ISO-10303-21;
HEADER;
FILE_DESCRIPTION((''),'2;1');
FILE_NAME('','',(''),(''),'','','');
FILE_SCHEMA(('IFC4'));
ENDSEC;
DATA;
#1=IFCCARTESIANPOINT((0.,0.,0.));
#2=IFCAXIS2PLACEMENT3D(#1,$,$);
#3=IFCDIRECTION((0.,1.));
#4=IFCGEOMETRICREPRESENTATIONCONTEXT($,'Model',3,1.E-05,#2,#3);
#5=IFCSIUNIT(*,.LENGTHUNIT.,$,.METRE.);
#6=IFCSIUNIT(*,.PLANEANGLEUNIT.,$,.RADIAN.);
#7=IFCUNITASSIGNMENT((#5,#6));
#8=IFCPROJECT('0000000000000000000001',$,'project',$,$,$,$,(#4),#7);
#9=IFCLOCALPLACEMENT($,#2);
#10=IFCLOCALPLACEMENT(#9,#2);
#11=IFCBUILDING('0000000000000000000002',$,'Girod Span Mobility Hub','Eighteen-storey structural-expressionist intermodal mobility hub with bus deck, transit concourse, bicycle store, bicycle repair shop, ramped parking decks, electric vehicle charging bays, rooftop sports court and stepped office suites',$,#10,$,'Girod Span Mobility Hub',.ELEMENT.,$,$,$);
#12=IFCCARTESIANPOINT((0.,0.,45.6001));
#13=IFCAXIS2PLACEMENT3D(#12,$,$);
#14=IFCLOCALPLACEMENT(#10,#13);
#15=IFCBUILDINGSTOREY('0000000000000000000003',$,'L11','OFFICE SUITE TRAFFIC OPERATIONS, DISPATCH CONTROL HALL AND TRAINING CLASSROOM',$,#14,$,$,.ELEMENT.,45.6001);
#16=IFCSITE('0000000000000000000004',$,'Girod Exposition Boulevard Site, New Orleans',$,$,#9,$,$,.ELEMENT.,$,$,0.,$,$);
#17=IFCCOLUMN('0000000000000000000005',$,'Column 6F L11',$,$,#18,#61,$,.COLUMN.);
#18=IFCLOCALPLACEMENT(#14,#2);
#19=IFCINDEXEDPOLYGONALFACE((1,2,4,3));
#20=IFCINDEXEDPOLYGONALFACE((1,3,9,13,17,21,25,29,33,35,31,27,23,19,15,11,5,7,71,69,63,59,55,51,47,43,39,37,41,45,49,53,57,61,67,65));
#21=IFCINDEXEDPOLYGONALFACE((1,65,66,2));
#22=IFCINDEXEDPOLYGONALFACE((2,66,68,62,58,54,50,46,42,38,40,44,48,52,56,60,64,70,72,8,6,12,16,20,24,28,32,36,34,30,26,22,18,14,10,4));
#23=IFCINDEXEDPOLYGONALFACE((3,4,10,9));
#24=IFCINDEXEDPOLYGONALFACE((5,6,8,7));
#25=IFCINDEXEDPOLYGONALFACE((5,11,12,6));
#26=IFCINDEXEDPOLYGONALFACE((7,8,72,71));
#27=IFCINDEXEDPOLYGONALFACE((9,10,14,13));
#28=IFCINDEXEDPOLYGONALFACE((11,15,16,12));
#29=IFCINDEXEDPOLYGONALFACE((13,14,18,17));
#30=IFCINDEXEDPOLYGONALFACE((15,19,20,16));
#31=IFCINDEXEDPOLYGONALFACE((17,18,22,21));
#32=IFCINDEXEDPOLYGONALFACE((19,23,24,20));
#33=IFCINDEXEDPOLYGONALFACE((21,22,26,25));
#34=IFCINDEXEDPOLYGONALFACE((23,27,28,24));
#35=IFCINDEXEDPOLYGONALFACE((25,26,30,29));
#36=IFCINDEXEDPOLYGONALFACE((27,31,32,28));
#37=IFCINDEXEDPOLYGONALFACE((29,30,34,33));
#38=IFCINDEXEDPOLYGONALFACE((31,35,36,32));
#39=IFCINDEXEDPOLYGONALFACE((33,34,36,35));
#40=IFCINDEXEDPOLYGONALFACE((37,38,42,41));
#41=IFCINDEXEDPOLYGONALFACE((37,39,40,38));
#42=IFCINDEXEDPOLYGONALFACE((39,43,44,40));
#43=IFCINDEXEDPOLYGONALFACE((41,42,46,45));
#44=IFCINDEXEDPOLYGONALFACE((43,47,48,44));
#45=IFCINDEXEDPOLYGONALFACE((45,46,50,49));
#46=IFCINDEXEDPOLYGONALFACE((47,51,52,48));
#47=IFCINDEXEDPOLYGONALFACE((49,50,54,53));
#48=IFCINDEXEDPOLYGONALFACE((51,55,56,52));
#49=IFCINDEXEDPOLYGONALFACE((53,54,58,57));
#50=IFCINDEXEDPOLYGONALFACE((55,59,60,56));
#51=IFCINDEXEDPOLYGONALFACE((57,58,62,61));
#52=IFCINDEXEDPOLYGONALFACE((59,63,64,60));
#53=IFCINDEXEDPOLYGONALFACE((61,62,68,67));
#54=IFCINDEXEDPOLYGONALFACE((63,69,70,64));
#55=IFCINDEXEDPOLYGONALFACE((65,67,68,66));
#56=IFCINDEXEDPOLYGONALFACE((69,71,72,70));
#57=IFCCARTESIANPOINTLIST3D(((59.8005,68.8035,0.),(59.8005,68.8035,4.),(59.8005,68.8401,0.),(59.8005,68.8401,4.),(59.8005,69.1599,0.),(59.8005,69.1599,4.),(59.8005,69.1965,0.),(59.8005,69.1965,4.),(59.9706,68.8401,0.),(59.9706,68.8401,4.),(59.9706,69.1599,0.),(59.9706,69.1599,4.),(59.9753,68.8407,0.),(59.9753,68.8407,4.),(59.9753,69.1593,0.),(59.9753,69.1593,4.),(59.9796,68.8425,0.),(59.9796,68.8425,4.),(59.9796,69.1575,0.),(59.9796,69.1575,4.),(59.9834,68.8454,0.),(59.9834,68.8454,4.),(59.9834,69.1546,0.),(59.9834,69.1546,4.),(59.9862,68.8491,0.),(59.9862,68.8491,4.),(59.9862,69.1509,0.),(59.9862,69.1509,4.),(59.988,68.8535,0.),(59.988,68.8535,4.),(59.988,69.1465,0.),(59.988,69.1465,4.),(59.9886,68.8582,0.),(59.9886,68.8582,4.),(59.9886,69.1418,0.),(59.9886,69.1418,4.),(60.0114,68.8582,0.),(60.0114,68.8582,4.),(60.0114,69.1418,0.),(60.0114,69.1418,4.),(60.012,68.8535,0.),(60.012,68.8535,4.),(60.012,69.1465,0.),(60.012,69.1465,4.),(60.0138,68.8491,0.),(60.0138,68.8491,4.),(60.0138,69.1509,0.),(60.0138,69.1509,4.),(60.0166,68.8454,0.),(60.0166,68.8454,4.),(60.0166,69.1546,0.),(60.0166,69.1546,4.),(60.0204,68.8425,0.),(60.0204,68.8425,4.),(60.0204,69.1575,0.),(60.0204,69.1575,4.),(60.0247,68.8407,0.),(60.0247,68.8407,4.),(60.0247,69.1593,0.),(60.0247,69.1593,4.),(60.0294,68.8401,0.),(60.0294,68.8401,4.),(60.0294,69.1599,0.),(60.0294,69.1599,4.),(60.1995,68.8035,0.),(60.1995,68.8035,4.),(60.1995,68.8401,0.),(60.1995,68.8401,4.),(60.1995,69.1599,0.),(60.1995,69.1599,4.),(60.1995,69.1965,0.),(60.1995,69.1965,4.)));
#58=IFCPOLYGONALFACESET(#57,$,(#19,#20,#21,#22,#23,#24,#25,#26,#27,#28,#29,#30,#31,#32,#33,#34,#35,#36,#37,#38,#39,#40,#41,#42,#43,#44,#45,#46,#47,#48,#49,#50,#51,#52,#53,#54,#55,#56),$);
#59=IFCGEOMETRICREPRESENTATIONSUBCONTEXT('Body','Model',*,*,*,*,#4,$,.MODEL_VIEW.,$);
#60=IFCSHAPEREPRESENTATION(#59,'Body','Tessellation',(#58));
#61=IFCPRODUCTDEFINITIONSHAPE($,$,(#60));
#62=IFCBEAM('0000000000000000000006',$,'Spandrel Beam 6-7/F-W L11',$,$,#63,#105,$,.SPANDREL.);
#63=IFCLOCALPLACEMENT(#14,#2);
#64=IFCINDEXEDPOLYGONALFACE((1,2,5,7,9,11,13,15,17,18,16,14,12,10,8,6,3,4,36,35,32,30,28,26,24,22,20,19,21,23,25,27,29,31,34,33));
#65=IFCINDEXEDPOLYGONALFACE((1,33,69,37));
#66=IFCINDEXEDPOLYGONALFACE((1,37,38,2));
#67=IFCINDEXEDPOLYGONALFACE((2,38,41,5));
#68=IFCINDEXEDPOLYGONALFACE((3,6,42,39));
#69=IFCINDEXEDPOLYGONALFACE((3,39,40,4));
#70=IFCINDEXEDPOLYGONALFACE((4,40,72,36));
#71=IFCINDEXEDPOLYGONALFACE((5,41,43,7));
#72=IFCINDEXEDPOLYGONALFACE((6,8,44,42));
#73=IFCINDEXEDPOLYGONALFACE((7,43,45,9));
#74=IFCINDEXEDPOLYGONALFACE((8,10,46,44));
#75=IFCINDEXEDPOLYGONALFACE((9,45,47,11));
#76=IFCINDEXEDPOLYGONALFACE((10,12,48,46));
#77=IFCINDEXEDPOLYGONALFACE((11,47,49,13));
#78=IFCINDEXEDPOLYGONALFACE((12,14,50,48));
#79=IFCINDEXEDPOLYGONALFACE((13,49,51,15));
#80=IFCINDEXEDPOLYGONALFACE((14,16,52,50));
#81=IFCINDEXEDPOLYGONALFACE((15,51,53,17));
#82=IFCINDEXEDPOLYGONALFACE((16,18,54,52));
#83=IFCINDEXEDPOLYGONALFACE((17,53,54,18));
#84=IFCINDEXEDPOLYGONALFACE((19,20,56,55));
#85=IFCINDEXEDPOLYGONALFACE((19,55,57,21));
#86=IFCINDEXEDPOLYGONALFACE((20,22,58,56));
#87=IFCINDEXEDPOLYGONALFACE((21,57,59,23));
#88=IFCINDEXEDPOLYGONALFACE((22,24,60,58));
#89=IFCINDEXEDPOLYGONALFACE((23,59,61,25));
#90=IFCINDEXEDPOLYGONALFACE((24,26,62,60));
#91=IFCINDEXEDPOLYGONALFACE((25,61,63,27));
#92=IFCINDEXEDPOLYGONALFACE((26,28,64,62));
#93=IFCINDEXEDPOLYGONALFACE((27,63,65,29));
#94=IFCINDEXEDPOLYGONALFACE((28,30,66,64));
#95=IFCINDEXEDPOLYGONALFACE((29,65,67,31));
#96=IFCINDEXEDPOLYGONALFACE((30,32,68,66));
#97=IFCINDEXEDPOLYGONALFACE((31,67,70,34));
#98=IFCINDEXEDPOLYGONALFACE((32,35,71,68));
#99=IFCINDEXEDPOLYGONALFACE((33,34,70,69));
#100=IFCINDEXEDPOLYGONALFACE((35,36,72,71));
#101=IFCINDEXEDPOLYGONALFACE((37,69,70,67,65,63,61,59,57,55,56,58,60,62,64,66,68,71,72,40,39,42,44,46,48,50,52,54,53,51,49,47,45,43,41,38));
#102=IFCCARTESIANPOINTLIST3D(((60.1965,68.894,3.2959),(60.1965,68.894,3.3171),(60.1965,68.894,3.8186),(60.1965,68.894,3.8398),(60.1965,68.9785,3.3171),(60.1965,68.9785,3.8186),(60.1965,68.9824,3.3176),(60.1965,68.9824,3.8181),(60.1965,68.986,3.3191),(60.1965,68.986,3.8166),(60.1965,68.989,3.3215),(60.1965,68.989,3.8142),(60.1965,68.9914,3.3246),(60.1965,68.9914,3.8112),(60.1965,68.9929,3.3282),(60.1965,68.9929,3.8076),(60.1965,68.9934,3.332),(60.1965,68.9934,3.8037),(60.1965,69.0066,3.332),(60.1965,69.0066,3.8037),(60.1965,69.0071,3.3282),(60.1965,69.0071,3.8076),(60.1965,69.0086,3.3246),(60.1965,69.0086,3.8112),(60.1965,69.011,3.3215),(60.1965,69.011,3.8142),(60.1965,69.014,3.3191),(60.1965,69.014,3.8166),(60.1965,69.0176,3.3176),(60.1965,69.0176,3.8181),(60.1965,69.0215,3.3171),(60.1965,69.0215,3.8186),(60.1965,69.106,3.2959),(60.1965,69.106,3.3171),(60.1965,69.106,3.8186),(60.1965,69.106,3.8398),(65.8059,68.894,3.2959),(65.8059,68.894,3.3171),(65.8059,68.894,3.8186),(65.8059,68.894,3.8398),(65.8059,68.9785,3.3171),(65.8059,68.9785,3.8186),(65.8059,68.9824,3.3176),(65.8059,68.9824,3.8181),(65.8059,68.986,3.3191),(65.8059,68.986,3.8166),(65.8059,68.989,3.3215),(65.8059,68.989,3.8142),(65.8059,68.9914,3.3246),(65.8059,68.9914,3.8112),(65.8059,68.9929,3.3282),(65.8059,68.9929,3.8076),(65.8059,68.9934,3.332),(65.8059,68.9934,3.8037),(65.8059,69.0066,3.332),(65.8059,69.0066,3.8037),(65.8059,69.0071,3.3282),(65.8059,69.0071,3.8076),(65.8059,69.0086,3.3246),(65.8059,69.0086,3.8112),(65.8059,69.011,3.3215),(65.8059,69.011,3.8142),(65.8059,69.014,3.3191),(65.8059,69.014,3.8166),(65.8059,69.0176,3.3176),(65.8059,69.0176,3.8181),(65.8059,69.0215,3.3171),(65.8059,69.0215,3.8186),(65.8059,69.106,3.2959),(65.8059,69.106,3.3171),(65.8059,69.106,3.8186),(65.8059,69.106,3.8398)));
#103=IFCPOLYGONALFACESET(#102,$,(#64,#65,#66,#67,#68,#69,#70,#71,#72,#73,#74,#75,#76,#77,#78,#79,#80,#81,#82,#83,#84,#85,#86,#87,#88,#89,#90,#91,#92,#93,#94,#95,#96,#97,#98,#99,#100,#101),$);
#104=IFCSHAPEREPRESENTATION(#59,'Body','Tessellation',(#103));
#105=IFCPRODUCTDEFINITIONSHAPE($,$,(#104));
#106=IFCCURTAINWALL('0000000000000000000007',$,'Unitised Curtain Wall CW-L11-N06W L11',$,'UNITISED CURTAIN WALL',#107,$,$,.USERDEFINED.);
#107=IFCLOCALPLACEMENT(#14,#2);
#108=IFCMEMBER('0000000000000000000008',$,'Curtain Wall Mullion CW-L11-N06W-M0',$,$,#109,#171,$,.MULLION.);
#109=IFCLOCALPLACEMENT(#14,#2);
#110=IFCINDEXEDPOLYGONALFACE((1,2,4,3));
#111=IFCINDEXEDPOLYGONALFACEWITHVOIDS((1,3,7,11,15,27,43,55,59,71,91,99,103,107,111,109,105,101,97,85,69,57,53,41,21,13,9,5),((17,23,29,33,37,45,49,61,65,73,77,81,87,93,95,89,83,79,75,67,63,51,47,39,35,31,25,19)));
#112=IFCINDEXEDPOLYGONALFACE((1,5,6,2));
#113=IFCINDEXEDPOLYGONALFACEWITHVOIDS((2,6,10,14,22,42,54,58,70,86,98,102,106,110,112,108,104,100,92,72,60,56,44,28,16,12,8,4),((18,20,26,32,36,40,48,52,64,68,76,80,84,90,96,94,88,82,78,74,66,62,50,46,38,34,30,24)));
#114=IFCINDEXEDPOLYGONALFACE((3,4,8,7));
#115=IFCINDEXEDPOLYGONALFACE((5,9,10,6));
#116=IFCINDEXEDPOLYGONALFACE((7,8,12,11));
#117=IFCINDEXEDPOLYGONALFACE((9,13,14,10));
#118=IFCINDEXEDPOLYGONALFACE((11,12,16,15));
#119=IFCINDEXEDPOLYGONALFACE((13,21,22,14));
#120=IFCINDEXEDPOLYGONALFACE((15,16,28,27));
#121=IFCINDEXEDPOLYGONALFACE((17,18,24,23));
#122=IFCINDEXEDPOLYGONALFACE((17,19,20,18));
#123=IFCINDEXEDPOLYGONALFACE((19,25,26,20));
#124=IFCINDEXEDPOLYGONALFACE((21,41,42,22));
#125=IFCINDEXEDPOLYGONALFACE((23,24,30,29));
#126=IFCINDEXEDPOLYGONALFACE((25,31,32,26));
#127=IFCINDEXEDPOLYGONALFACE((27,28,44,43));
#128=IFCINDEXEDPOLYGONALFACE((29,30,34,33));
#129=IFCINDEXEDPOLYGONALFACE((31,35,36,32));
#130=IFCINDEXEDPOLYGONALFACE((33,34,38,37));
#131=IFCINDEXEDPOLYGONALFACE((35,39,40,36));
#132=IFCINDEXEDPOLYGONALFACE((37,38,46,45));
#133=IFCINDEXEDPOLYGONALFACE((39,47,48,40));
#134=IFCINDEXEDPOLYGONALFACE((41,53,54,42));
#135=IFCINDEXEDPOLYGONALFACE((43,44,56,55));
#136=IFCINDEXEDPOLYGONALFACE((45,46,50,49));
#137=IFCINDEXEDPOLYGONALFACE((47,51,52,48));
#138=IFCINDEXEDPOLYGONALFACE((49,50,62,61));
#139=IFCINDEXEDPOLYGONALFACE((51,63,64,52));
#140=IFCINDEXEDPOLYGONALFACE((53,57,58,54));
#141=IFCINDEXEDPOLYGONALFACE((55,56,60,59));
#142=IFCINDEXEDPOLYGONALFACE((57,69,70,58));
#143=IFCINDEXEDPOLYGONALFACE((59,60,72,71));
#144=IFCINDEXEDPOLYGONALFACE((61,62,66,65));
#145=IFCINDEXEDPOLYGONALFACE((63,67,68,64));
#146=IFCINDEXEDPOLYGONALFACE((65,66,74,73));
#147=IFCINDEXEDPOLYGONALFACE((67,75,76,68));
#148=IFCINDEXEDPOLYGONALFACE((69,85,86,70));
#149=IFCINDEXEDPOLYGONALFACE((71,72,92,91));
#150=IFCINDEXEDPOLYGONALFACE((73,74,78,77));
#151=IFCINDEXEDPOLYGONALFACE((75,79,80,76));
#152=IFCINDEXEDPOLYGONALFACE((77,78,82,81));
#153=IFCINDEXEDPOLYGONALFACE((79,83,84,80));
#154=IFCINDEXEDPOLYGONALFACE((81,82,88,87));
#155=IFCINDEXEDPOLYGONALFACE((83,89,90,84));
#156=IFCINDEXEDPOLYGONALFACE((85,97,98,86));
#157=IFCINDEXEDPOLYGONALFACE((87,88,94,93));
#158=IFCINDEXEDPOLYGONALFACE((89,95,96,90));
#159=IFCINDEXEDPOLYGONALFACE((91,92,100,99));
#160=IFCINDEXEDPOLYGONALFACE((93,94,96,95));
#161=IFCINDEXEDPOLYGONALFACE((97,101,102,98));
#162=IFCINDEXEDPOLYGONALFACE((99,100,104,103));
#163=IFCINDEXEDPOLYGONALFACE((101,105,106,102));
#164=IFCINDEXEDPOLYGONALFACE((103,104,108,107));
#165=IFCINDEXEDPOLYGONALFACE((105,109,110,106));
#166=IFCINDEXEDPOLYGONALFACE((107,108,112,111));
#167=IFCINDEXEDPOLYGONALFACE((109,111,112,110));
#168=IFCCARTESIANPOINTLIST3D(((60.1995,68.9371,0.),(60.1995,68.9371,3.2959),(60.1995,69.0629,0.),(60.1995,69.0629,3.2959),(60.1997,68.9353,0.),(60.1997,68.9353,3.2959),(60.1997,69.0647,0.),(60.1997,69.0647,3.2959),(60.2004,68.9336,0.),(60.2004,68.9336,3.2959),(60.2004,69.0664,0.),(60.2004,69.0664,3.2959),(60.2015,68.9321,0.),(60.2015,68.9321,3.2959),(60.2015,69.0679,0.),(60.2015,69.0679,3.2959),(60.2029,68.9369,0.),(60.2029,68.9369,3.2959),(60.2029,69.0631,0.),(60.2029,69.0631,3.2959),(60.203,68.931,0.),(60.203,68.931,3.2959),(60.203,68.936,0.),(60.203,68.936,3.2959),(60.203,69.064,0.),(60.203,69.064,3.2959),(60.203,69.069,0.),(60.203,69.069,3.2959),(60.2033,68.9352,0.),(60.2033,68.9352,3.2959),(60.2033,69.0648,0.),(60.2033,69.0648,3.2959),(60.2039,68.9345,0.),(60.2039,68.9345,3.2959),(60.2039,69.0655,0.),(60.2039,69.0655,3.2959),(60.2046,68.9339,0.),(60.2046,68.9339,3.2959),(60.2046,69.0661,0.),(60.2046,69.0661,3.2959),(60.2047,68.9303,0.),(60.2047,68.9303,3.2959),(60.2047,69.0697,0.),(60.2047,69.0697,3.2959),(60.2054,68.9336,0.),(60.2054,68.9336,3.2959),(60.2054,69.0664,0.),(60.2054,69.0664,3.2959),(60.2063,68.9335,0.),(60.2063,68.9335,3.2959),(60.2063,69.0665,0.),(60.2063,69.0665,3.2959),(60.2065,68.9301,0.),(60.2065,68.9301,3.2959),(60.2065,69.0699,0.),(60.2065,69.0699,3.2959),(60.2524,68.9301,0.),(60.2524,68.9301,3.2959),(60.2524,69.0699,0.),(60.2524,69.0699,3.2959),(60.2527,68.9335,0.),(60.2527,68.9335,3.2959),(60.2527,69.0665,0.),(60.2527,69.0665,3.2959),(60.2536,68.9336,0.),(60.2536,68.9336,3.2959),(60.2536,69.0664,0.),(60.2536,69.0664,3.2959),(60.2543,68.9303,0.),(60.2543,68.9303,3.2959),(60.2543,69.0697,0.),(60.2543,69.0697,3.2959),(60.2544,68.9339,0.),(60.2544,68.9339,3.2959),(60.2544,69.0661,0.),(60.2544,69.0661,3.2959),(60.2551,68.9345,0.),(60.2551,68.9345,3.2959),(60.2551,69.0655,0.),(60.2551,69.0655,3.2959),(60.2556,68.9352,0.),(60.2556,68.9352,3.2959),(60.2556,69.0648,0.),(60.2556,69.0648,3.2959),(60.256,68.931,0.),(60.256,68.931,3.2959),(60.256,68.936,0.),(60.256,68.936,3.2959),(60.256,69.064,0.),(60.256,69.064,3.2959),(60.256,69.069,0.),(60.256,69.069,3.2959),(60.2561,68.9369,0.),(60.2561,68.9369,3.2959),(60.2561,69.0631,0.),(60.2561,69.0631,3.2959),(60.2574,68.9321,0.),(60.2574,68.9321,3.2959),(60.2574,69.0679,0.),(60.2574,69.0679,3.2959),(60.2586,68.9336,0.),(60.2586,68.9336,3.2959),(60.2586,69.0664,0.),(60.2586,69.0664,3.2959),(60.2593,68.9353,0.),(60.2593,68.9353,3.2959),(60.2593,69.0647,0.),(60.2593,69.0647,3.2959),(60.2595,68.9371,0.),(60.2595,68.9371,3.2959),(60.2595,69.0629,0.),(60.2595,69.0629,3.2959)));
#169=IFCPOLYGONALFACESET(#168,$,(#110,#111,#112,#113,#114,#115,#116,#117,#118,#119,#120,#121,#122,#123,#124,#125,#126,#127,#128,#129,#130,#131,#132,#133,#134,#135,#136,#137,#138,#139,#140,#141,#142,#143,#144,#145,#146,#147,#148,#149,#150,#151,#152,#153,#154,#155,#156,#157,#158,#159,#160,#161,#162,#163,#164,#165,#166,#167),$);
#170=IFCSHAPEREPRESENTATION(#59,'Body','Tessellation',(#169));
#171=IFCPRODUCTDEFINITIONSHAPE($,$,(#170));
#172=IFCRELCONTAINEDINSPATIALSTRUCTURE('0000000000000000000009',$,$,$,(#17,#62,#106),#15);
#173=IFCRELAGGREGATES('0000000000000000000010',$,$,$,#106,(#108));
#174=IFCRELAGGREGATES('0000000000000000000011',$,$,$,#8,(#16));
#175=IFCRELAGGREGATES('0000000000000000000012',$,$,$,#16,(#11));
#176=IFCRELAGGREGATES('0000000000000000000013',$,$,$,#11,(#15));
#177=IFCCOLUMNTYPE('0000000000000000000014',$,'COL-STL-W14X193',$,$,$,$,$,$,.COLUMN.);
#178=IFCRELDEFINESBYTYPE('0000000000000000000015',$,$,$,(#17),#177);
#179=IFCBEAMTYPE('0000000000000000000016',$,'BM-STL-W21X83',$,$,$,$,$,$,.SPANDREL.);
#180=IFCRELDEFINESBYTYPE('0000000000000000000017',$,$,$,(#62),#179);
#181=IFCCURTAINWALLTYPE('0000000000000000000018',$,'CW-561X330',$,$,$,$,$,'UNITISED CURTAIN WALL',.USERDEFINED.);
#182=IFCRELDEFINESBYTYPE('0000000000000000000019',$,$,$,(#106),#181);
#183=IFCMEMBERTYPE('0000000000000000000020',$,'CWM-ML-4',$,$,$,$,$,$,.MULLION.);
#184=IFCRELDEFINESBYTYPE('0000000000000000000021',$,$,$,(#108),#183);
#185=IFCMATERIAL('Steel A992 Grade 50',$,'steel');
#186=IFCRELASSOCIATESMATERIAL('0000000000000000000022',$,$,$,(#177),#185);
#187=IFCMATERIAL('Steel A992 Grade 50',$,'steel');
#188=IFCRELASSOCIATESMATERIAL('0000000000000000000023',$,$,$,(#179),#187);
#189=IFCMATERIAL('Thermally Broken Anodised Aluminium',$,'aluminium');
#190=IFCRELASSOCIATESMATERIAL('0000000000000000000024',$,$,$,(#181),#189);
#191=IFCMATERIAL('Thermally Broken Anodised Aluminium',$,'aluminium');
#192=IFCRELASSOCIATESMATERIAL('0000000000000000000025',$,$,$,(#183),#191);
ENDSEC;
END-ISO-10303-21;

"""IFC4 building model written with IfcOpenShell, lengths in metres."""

from ifc_helpers import new_model, si_unit, direction, frame, origin, origin_2d, place, context, subcontext, project, spatial, hollow_rectangle, i_section, extrude, material, material_profile, profile_set, type_object, element, aggregate, save


model = new_model("IFC4")

# Units and contexts
model_context = context("Model", 3, precision=1e-05, world=origin(), true_north=direction((0.0, 1.0)))
body_context = subcontext(model_context, "Body", "Model", "MODEL_VIEW")
ifc_project = project(units=[si_unit("LENGTHUNIT", "METRE"), si_unit("PLANEANGLEUNIT", "RADIAN")], contexts=[model_context])

# Site, building, storey
site_placement = place(None, origin())
site = spatial("IfcSite", under=ifc_project, at=site_placement, Name="Girod Exposition Boulevard Site, New Orleans", CompositionType="ELEMENT", RefElevation=0.0)
building_placement = place(site_placement, origin())
building = spatial("IfcBuilding", under=site, at=building_placement, Name="Girod Span Mobility Hub", Description="Eighteen-storey structural-expressionist intermodal mobility hub with bus deck, transit concourse, bicycle store, bicycle repair shop, ramped parking decks, electric vehicle charging bays, rooftop sports court and stepped office suites", LongName="Girod Span Mobility Hub", CompositionType="ELEMENT")
storey_placement = place(building_placement, frame((0.0, 0.0, 45.6001)))
storey = spatial("IfcBuildingStorey", under=building, at=storey_placement, Name="L11", Description="OFFICE SUITE TRAFFIC OPERATIONS, DISPATCH CONTROL HALL AND TRAINING CLASSROOM", CompositionType="ELEMENT", Elevation=45.6001)

# Column
ifc_material_1 = material(Name="Steel A992 Grade 50", Category="steel")
ifc_material_profile_1 = material_profile(ifc_material_1, i_section(OverallWidth=0.3989, OverallDepth=0.3931, WebThickness=0.0227, FlangeThickness=0.0366, FilletRadius=0.0181, at=origin_2d()), Name="W14X193")
ifc_profile_set_1 = profile_set([ifc_material_profile_1], Name="Steel A992 Grade 50")
column_type = type_object("IfcColumnType", Name="COL-STL-W14X193", PredefinedType="COLUMN", material=ifc_profile_set_1)
column_placement = place(storey_placement, frame((60.0, 69.0, 0.0), z_axis=(0.0, 0.0, 1.0), x_axis=(1.0, 0.0, 0.0)))
element("IfcColumn", 1, at=column_placement, inside=storey, type_object=column_type, Name="Column 6F L11", PredefinedType="COLUMN", context=body_context, shape_type="SweptSolid", body=[
    extrude(i_section(OverallWidth=0.3989, OverallDepth=0.3931, WebThickness=0.0227, FlangeThickness=0.0366, FilletRadius=0.0181, at=origin_2d()), origin(), (0.0, 0.0, 1.0), 4.0),
])

# Beam
ifc_material_2 = material(Name="Steel A992 Grade 50", Category="steel")
ifc_material_profile_2 = material_profile(ifc_material_2, i_section(OverallWidth=0.2119, OverallDepth=0.5439, WebThickness=0.0132, FlangeThickness=0.0212, FilletRadius=0.0149, at=origin_2d()), Name="W21X83")
ifc_profile_set_2 = profile_set([ifc_material_profile_2], Name="Steel A992 Grade 50")
beam_type = type_object("IfcBeamType", Name="BM-STL-W21X83", PredefinedType="SPANDREL", material=ifc_profile_set_2)
beam_placement = place(storey_placement, frame((60.1965, 69.0, 3.5679), z_axis=(1.0, 0.0, 0.0), x_axis=(0.0, 1.0, 0.0)))
element("IfcBeam", 2, at=beam_placement, inside=storey, type_object=beam_type, Name="Spandrel Beam 6-7/F-W L11", PredefinedType="SPANDREL", context=body_context, shape_type="SweptSolid", body=[
    extrude(i_section(OverallWidth=0.2119, OverallDepth=0.5439, WebThickness=0.0132, FlangeThickness=0.0212, FilletRadius=0.0149, at=origin_2d()), origin(), (0.0, 0.0, 1.0), 5.6094),
])

# Curtain wall, member
ifc_material_3 = material(Name="Thermally Broken Anodised Aluminium", Category="aluminium")
curtain_wall_type = type_object("IfcCurtainWallType", Name="CW-561X330", ElementType="UNITISED CURTAIN WALL", PredefinedType="USERDEFINED", material=ifc_material_3)
curtain_wall_placement = place(storey_placement, origin())
curtain_wall = element("IfcCurtainWall", 3, at=curtain_wall_placement, inside=storey, type_object=curtain_wall_type, Name="Unitised Curtain Wall CW-L11-N06W L11", ObjectType="UNITISED CURTAIN WALL", PredefinedType="USERDEFINED")
ifc_material_4 = material(Name="Thermally Broken Anodised Aluminium", Category="aluminium")
ifc_material_profile_3 = material_profile(ifc_material_4, hollow_rectangle(XDim=0.1399, YDim=0.0601, WallThickness=0.0034, InnerFilletRadius=0.0034, OuterFilletRadius=0.0071, at=origin_2d()), Name="CW-ML-60X140")
ifc_profile_set_3 = profile_set([ifc_material_profile_3], Name="Thermally Broken Anodised Aluminium")
member_type_1 = type_object("IfcMemberType", Name="CWM-ML-4", PredefinedType="MULLION", material=ifc_profile_set_3)
member_1_placement = place(storey_placement, frame((60.2295, 69.0, 0.0), z_axis=(0.0, 0.0, 1.0), x_axis=(0.0, 1.0, 0.0)))
member_1 = element("IfcMember", 4, at=member_1_placement, type_object=member_type_1, Name="Curtain Wall Mullion CW-L11-N06W-M0", PredefinedType="MULLION", context=body_context, shape_type="SweptSolid", body=[
    extrude(hollow_rectangle(XDim=0.1399, YDim=0.0601, WallThickness=0.0034, InnerFilletRadius=0.0034, OuterFilletRadius=0.0071, at=origin_2d()), origin(), (0.0, 0.0, 1.0), 3.2959),
])
aggregate(curtain_wall, [member_1])

save(model, "model.ifc")
